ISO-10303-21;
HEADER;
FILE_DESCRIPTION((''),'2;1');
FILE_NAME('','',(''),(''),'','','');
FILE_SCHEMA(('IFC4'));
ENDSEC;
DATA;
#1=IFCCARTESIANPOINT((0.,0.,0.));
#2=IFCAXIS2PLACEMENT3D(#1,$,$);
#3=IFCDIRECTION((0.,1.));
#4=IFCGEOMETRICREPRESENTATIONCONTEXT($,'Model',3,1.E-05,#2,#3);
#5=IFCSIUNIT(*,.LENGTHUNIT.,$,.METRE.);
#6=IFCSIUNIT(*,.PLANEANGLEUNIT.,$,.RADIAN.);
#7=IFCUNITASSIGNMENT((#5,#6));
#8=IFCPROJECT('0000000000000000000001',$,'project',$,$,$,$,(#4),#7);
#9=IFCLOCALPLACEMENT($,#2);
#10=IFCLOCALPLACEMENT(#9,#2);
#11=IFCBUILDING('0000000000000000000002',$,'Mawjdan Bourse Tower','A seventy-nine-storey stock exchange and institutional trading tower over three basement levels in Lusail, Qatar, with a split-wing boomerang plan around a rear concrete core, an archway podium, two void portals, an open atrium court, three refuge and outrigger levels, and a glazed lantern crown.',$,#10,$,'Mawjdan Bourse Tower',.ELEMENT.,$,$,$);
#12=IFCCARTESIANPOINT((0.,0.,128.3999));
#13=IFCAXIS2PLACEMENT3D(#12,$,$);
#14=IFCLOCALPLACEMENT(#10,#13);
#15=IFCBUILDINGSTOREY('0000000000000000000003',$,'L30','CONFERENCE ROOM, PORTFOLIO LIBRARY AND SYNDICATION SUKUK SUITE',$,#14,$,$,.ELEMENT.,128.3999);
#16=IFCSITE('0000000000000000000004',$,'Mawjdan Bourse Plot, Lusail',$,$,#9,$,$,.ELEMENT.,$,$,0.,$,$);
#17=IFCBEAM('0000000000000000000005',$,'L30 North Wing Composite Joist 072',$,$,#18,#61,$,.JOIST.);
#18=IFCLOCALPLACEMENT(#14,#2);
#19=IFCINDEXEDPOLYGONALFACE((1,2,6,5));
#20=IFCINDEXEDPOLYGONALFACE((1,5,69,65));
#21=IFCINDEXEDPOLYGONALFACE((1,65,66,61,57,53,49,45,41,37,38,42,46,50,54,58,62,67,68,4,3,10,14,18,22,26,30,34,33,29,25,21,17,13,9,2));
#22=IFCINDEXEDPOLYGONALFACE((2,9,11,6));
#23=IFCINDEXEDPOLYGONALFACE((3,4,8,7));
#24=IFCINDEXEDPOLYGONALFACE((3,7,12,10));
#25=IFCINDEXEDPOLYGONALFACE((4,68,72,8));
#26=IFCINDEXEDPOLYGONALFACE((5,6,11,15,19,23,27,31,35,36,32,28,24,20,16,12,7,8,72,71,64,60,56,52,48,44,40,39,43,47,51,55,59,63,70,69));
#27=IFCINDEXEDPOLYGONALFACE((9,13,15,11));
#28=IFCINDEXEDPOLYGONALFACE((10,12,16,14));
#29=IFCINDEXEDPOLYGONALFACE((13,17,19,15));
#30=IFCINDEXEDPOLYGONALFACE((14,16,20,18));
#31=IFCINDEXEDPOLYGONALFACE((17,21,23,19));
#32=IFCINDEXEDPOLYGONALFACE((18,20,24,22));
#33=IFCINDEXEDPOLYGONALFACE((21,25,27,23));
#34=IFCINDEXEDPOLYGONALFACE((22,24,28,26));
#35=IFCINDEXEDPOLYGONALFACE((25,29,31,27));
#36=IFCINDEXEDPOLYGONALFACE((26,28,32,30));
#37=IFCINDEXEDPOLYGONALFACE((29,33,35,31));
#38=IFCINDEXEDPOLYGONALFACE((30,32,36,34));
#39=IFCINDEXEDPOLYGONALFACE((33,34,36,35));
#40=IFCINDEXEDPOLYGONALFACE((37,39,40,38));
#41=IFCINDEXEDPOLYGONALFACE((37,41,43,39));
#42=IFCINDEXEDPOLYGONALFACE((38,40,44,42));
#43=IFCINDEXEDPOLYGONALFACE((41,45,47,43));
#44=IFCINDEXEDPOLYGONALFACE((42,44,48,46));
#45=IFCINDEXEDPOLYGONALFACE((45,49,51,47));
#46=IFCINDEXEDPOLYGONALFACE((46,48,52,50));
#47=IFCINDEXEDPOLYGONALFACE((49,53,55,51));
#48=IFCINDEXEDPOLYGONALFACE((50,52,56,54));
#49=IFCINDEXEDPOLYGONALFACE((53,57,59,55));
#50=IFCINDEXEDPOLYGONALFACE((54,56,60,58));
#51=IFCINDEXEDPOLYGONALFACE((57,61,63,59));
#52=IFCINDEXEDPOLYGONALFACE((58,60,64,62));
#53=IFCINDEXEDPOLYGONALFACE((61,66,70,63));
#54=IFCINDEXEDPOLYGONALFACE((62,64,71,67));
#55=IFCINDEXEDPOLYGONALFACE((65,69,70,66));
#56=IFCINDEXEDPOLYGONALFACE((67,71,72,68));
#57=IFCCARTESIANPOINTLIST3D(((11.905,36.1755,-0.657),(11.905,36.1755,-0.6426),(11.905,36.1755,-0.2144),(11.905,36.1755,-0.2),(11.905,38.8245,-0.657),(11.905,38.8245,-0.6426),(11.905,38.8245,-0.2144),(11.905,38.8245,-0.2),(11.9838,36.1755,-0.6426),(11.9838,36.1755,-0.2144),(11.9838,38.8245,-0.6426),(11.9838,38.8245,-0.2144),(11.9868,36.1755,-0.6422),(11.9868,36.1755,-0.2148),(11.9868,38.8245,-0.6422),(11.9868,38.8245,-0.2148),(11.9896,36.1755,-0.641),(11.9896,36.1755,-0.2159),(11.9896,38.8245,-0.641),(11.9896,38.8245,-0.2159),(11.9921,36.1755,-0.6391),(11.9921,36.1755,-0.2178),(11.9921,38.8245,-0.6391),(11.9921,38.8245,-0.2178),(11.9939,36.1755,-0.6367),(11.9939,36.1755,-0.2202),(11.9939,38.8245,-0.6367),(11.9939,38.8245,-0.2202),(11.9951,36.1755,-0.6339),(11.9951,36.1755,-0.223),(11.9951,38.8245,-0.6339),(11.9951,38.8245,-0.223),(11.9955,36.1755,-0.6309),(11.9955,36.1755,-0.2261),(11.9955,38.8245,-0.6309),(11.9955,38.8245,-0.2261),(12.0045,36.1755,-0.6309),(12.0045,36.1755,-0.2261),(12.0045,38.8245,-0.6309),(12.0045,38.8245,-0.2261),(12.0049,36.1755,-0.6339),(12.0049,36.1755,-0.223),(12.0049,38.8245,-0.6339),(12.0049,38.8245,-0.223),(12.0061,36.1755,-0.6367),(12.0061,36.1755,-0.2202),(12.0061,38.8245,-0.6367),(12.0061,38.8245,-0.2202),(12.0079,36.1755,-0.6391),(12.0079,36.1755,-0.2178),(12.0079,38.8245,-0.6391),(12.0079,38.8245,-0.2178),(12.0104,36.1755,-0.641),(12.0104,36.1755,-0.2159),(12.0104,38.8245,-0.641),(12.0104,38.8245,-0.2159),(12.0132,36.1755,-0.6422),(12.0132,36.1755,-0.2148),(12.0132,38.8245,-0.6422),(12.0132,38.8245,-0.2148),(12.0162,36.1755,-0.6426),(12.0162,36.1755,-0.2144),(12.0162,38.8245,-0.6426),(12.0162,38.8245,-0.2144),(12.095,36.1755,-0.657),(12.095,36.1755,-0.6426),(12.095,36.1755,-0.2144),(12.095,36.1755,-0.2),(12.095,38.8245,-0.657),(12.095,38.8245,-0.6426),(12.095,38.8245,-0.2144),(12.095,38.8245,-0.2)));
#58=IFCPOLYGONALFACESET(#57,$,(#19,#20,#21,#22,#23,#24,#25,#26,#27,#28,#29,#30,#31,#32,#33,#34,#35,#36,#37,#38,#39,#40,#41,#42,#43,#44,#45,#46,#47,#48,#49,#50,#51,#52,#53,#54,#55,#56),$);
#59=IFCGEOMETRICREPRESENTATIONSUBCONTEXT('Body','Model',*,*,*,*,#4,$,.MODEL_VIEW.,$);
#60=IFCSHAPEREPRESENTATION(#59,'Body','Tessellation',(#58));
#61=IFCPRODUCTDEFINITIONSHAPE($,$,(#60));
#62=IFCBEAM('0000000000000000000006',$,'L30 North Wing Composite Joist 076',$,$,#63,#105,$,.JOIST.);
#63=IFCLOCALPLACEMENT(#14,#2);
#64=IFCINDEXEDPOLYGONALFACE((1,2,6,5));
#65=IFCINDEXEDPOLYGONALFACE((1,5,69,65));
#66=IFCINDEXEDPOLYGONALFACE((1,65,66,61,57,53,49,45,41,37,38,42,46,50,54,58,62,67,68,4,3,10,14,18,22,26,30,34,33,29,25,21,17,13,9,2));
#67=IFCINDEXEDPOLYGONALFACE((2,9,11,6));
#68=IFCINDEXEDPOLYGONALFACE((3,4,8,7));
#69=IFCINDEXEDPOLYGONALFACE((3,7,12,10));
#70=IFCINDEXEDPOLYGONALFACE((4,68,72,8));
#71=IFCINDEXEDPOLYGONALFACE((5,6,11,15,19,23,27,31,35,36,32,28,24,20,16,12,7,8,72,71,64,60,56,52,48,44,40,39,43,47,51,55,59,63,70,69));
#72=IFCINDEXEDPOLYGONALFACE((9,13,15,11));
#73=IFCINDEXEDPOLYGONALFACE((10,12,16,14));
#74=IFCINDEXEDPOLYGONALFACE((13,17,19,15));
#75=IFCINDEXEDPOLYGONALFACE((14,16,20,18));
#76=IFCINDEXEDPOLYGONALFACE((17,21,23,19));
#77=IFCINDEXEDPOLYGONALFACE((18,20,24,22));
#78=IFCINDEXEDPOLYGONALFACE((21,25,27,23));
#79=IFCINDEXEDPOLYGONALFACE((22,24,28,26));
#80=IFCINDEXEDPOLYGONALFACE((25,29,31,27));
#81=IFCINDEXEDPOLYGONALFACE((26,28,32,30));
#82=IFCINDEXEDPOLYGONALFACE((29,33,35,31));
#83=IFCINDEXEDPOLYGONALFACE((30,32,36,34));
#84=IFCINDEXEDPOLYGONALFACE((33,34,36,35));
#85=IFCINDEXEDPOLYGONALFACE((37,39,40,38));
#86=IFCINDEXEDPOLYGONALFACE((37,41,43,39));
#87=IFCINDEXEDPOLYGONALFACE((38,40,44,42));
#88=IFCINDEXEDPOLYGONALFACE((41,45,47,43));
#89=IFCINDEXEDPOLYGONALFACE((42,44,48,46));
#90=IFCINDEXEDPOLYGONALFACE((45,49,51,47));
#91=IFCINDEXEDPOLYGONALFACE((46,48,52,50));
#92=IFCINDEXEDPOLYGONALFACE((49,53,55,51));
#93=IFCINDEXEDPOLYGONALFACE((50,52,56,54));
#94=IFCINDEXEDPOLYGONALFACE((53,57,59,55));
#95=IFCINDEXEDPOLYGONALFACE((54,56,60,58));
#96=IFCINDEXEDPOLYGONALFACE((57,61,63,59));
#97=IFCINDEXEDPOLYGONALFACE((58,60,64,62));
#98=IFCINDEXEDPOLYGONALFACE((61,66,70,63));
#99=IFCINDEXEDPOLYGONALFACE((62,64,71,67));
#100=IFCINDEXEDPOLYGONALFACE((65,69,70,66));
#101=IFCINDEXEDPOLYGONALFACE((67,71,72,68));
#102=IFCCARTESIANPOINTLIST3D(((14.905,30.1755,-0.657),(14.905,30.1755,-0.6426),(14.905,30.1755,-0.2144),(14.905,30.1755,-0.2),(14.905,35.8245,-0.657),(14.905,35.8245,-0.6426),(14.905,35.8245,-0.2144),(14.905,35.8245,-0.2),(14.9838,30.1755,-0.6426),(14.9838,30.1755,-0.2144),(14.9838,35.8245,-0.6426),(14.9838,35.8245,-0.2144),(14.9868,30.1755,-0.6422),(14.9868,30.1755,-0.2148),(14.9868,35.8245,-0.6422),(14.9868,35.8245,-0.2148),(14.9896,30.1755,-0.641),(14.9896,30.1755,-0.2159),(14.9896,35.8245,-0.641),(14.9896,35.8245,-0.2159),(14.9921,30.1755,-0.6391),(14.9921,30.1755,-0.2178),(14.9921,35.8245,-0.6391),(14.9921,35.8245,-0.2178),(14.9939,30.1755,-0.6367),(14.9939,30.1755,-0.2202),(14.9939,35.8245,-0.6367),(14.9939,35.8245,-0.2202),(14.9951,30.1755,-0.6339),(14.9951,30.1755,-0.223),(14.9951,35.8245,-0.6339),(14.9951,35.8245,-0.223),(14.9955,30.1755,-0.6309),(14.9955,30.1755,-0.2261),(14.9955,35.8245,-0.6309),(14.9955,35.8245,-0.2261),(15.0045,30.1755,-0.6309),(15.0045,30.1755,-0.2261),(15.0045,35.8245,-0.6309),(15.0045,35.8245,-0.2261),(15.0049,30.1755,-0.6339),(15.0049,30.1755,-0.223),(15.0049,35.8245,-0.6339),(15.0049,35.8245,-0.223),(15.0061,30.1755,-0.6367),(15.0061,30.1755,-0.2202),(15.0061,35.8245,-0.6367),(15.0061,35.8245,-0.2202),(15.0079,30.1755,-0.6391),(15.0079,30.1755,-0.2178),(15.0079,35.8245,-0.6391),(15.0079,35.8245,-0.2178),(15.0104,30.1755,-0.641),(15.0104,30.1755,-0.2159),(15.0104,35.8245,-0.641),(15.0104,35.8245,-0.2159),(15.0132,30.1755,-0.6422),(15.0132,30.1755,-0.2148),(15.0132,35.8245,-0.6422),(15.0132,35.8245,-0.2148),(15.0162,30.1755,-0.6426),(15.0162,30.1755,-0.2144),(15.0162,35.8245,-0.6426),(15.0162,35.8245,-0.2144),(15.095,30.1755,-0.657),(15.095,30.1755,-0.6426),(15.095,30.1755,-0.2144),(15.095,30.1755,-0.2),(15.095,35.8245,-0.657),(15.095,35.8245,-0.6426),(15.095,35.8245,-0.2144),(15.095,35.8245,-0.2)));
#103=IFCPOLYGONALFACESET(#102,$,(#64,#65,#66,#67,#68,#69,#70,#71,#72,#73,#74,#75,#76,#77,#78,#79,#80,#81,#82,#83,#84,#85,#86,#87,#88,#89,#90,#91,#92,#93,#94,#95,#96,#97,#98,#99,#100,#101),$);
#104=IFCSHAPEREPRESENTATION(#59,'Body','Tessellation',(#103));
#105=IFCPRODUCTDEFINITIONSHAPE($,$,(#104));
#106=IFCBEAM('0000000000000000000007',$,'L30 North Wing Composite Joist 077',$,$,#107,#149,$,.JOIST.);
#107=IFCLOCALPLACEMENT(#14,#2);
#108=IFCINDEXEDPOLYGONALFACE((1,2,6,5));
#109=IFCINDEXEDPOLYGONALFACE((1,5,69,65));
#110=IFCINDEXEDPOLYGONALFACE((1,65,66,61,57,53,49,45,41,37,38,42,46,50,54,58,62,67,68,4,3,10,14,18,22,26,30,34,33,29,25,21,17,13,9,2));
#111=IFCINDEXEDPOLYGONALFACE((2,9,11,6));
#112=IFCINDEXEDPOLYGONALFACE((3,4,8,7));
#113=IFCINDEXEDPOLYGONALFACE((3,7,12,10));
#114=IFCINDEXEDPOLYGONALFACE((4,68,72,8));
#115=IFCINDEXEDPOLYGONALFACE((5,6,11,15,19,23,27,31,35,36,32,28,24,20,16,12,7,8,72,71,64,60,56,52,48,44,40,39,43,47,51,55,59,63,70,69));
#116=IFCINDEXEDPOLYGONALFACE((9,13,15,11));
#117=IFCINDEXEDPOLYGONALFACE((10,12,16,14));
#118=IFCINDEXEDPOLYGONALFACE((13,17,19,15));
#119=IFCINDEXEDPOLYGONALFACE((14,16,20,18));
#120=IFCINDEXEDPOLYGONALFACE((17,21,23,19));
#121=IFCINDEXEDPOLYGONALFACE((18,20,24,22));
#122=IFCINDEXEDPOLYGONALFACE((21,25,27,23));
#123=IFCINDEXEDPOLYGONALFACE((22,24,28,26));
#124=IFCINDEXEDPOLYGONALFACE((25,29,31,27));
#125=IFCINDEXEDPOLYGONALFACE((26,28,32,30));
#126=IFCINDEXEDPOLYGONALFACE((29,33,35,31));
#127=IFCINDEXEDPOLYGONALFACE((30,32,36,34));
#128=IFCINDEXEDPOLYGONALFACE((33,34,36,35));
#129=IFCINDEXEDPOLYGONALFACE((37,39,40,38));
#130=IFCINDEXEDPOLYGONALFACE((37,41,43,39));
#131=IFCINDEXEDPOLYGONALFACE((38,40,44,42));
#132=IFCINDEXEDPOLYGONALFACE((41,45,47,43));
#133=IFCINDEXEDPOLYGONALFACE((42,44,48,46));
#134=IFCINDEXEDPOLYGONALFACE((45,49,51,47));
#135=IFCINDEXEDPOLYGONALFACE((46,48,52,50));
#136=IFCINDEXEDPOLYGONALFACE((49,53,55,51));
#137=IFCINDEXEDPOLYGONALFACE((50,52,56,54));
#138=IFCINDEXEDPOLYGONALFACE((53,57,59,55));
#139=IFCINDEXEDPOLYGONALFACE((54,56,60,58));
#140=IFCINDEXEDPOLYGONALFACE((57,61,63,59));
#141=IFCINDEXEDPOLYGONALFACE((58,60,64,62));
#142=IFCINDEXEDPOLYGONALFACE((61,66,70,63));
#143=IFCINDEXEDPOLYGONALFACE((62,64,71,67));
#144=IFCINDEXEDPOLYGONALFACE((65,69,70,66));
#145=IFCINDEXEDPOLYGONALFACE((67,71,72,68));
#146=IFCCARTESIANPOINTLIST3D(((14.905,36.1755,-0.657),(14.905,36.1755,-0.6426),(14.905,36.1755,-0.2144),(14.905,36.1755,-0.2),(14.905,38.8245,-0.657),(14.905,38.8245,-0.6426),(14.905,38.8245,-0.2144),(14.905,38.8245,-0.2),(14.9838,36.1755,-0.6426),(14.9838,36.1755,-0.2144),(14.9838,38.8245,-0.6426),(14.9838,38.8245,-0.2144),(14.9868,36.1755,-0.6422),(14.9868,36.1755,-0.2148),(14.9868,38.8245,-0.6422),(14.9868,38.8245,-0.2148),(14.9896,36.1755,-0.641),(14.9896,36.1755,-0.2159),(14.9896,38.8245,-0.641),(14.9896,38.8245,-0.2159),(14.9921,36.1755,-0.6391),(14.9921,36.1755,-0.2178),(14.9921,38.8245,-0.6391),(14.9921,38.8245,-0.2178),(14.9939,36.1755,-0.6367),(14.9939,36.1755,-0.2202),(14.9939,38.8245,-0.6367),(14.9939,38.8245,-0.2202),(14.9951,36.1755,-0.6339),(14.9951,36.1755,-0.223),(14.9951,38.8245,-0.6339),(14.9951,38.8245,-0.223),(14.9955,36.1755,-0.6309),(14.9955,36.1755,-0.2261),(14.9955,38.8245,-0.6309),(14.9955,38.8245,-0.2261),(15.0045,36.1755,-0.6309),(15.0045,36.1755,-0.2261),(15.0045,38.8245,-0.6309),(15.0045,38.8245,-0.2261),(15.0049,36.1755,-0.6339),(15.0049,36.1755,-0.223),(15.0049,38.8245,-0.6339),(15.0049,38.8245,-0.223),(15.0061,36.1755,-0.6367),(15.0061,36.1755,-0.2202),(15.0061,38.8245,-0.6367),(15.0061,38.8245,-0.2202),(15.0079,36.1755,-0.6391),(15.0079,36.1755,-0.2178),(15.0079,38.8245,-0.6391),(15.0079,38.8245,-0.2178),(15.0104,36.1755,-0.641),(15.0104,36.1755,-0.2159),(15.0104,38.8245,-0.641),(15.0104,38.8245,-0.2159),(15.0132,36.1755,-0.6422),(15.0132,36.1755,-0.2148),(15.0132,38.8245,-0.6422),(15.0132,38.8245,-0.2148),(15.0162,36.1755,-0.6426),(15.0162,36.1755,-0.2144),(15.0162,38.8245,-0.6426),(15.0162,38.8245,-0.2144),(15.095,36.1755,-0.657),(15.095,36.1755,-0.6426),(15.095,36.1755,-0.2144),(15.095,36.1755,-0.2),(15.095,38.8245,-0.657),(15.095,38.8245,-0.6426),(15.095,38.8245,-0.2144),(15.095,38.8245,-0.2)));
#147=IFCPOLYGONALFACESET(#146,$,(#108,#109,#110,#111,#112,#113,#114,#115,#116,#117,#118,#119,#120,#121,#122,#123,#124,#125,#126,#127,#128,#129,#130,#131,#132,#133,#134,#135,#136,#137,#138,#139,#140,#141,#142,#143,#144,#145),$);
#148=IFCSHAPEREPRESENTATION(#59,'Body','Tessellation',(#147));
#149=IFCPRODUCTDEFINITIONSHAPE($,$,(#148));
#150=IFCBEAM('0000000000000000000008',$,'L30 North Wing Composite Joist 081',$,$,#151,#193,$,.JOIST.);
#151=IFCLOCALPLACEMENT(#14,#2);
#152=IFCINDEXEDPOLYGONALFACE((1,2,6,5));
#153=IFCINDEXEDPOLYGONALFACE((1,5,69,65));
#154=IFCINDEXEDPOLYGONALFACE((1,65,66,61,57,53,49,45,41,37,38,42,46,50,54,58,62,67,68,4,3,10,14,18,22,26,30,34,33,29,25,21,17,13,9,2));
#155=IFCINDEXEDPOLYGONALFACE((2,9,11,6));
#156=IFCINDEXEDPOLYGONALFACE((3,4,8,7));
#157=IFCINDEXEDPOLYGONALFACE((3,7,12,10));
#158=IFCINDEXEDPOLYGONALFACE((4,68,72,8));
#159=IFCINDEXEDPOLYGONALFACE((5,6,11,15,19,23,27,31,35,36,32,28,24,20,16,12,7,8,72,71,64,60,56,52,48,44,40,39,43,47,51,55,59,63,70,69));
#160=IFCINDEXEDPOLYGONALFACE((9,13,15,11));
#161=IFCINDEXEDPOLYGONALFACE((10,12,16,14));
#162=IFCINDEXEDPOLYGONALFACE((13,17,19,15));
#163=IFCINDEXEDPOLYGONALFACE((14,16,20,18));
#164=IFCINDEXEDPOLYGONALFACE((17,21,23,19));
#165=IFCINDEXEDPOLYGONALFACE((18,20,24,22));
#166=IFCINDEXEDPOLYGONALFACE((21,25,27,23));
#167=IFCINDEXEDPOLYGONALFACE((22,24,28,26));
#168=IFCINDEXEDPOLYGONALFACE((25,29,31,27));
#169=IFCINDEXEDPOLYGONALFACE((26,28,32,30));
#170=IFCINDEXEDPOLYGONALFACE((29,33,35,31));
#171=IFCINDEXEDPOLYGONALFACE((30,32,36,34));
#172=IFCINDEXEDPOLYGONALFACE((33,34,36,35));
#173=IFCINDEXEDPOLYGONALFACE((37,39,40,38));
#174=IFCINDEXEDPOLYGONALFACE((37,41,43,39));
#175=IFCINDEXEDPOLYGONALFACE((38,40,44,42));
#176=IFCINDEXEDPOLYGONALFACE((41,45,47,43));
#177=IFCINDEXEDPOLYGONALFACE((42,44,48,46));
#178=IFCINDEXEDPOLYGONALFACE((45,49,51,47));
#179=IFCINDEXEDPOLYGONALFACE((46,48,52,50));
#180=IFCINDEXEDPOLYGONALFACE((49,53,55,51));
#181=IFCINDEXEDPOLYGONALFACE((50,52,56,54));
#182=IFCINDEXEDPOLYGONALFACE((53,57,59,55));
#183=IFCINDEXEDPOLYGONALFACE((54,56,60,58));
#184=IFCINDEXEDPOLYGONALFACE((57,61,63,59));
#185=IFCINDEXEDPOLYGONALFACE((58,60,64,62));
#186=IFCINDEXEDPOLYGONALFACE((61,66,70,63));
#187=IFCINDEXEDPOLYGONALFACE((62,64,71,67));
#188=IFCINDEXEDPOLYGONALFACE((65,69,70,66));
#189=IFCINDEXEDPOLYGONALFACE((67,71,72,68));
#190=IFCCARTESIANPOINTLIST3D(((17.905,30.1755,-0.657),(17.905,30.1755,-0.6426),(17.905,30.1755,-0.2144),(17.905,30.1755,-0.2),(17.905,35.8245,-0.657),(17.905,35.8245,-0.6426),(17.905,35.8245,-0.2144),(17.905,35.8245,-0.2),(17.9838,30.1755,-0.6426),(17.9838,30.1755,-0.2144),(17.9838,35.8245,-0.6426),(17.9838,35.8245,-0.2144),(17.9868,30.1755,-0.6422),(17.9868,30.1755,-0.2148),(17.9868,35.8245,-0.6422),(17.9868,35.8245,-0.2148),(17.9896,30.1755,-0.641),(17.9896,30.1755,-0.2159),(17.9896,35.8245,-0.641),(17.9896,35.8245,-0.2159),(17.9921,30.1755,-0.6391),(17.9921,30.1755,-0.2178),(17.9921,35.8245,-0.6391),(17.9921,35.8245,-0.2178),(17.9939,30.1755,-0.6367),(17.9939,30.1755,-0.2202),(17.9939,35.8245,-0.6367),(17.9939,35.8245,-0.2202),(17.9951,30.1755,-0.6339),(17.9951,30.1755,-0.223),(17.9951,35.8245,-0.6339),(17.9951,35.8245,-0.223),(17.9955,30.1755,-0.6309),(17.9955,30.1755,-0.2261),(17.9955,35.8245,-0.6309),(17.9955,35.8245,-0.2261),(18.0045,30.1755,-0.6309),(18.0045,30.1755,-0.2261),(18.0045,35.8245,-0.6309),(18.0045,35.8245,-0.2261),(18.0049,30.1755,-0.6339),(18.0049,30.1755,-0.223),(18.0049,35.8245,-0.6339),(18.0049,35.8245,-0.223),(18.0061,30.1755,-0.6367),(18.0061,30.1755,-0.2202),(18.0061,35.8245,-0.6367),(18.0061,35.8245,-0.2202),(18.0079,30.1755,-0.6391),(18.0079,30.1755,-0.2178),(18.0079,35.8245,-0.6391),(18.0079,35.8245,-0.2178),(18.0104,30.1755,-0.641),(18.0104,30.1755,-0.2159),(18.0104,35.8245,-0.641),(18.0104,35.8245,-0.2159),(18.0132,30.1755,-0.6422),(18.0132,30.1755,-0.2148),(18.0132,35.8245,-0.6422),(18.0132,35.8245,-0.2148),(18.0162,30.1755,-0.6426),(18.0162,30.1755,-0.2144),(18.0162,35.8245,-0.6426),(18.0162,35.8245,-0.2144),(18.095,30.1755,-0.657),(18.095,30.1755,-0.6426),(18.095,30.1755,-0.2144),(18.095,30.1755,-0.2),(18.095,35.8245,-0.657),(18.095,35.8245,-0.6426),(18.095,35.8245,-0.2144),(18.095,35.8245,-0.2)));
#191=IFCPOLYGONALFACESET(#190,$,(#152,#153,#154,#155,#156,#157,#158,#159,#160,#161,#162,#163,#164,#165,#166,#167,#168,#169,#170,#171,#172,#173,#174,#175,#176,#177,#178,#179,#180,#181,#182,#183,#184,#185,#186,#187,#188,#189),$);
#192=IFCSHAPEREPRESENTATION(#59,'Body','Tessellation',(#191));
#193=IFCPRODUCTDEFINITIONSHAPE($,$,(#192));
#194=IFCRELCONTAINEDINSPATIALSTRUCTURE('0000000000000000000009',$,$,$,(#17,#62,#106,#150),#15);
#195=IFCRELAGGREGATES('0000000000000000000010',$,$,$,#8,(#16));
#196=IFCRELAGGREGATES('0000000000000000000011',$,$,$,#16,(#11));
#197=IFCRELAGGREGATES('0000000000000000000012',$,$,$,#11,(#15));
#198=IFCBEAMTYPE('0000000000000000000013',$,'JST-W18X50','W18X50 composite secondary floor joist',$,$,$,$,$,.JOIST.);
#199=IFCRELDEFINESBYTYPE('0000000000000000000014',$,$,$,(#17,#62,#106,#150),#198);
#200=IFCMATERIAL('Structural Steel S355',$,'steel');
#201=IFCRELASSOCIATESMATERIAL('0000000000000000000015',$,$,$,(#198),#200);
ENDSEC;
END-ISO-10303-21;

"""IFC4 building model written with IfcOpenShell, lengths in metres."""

from ifc_helpers import new_model, si_unit, direction, frame, origin, origin_2d, place, context, subcontext, project, spatial, i_section, extrude, material, material_profile, profile_set, type_object, element, save


model = new_model("IFC4")

# Units and contexts
model_context = context("Model", 3, precision=1e-05, world=origin(), true_north=direction((0.0, 1.0)))
body_context = subcontext(model_context, "Body", "Model", "MODEL_VIEW")
ifc_project = project(units=[si_unit("LENGTHUNIT", "METRE"), si_unit("PLANEANGLEUNIT", "RADIAN")], contexts=[model_context])

# Site, building, storey
site_placement = place(None, origin())
site = spatial("IfcSite", under=ifc_project, at=site_placement, Name="Mawjdan Bourse Plot, Lusail", CompositionType="ELEMENT", RefElevation=0.0)
building_placement = place(site_placement, origin())
building = spatial("IfcBuilding", under=site, at=building_placement, Name="Mawjdan Bourse Tower", Description="A seventy-nine-storey stock exchange and institutional trading tower over three basement levels in Lusail, Qatar, with a split-wing boomerang plan around a rear concrete core, an archway podium, two void portals, an open atrium court, three refuge and outrigger levels, and a glazed lantern crown.", LongName="Mawjdan Bourse Tower", CompositionType="ELEMENT")
storey_placement = place(building_placement, frame((0.0, 0.0, 128.3999)))
storey = spatial("IfcBuildingStorey", under=building, at=storey_placement, Name="L30", Description="CONFERENCE ROOM, PORTFOLIO LIBRARY AND SYNDICATION SUKUK SUITE", CompositionType="ELEMENT", Elevation=128.3999)

# Beams
ifc_material_1 = material(Name="Structural Steel S355", Category="steel")
ifc_material_profile_1 = material_profile(ifc_material_1, i_section(OverallWidth=0.1899, OverallDepth=0.457, WebThickness=0.009, FlangeThickness=0.0144, FilletRadius=0.0117, at=origin_2d()), Name="W18X50")
ifc_profile_set_1 = profile_set([ifc_material_profile_1], Name="Structural Steel S355")
beam_type_1 = type_object("IfcBeamType", Name="JST-W18X50", Description="W18X50 composite secondary floor joist", PredefinedType="JOIST", material=ifc_profile_set_1)
beam_1_placement = place(storey_placement, frame((12.0, 36.1755, -0.4285), z_axis=(0.0, 1.0, 0.0), x_axis=(-1.0, 0.0, 0.0)))
element("IfcBeam", 1, at=beam_1_placement, inside=storey, type_object=beam_type_1, Name="L30 North Wing Composite Joist 072", PredefinedType="JOIST", context=body_context, shape_type="SweptSolid", body=[
    extrude(i_section(OverallWidth=0.1899, OverallDepth=0.457, WebThickness=0.009, FlangeThickness=0.0144, FilletRadius=0.0117, at=origin_2d()), origin(), (0.0, 0.0, 1.0), 2.6489),
])
beam_2_placement = place(storey_placement, frame((15.0, 30.1755, -0.4285), z_axis=(0.0, 1.0, 0.0), x_axis=(-1.0, 0.0, 0.0)))
element("IfcBeam", 2, at=beam_2_placement, inside=storey, type_object=beam_type_1, Name="L30 North Wing Composite Joist 076", PredefinedType="JOIST", context=body_context, shape_type="SweptSolid", body=[
    extrude(i_section(OverallWidth=0.1899, OverallDepth=0.457, WebThickness=0.009, FlangeThickness=0.0144, FilletRadius=0.0117, at=origin_2d()), origin(), (0.0, 0.0, 1.0), 5.6489),
])
beam_3_placement = place(storey_placement, frame((15.0, 36.1755, -0.4285), z_axis=(0.0, 1.0, 0.0), x_axis=(-1.0, 0.0, 0.0)))
element("IfcBeam", 3, at=beam_3_placement, inside=storey, type_object=beam_type_1, Name="L30 North Wing Composite Joist 077", PredefinedType="JOIST", context=body_context, shape_type="SweptSolid", body=[
    extrude(i_section(OverallWidth=0.1899, OverallDepth=0.457, WebThickness=0.009, FlangeThickness=0.0144, FilletRadius=0.0117, at=origin_2d()), origin(), (0.0, 0.0, 1.0), 2.6489),
])
beam_4_placement = place(storey_placement, frame((18.0, 30.1755, -0.4285), z_axis=(0.0, 1.0, 0.0), x_axis=(-1.0, 0.0, 0.0)))
element("IfcBeam", 4, at=beam_4_placement, inside=storey, type_object=beam_type_1, Name="L30 North Wing Composite Joist 081", PredefinedType="JOIST", context=body_context, shape_type="SweptSolid", body=[
    extrude(i_section(OverallWidth=0.1899, OverallDepth=0.457, WebThickness=0.009, FlangeThickness=0.0144, FilletRadius=0.0117, at=origin_2d()), origin(), (0.0, 0.0, 1.0), 5.6489),
])

save(model, "model.ifc")
